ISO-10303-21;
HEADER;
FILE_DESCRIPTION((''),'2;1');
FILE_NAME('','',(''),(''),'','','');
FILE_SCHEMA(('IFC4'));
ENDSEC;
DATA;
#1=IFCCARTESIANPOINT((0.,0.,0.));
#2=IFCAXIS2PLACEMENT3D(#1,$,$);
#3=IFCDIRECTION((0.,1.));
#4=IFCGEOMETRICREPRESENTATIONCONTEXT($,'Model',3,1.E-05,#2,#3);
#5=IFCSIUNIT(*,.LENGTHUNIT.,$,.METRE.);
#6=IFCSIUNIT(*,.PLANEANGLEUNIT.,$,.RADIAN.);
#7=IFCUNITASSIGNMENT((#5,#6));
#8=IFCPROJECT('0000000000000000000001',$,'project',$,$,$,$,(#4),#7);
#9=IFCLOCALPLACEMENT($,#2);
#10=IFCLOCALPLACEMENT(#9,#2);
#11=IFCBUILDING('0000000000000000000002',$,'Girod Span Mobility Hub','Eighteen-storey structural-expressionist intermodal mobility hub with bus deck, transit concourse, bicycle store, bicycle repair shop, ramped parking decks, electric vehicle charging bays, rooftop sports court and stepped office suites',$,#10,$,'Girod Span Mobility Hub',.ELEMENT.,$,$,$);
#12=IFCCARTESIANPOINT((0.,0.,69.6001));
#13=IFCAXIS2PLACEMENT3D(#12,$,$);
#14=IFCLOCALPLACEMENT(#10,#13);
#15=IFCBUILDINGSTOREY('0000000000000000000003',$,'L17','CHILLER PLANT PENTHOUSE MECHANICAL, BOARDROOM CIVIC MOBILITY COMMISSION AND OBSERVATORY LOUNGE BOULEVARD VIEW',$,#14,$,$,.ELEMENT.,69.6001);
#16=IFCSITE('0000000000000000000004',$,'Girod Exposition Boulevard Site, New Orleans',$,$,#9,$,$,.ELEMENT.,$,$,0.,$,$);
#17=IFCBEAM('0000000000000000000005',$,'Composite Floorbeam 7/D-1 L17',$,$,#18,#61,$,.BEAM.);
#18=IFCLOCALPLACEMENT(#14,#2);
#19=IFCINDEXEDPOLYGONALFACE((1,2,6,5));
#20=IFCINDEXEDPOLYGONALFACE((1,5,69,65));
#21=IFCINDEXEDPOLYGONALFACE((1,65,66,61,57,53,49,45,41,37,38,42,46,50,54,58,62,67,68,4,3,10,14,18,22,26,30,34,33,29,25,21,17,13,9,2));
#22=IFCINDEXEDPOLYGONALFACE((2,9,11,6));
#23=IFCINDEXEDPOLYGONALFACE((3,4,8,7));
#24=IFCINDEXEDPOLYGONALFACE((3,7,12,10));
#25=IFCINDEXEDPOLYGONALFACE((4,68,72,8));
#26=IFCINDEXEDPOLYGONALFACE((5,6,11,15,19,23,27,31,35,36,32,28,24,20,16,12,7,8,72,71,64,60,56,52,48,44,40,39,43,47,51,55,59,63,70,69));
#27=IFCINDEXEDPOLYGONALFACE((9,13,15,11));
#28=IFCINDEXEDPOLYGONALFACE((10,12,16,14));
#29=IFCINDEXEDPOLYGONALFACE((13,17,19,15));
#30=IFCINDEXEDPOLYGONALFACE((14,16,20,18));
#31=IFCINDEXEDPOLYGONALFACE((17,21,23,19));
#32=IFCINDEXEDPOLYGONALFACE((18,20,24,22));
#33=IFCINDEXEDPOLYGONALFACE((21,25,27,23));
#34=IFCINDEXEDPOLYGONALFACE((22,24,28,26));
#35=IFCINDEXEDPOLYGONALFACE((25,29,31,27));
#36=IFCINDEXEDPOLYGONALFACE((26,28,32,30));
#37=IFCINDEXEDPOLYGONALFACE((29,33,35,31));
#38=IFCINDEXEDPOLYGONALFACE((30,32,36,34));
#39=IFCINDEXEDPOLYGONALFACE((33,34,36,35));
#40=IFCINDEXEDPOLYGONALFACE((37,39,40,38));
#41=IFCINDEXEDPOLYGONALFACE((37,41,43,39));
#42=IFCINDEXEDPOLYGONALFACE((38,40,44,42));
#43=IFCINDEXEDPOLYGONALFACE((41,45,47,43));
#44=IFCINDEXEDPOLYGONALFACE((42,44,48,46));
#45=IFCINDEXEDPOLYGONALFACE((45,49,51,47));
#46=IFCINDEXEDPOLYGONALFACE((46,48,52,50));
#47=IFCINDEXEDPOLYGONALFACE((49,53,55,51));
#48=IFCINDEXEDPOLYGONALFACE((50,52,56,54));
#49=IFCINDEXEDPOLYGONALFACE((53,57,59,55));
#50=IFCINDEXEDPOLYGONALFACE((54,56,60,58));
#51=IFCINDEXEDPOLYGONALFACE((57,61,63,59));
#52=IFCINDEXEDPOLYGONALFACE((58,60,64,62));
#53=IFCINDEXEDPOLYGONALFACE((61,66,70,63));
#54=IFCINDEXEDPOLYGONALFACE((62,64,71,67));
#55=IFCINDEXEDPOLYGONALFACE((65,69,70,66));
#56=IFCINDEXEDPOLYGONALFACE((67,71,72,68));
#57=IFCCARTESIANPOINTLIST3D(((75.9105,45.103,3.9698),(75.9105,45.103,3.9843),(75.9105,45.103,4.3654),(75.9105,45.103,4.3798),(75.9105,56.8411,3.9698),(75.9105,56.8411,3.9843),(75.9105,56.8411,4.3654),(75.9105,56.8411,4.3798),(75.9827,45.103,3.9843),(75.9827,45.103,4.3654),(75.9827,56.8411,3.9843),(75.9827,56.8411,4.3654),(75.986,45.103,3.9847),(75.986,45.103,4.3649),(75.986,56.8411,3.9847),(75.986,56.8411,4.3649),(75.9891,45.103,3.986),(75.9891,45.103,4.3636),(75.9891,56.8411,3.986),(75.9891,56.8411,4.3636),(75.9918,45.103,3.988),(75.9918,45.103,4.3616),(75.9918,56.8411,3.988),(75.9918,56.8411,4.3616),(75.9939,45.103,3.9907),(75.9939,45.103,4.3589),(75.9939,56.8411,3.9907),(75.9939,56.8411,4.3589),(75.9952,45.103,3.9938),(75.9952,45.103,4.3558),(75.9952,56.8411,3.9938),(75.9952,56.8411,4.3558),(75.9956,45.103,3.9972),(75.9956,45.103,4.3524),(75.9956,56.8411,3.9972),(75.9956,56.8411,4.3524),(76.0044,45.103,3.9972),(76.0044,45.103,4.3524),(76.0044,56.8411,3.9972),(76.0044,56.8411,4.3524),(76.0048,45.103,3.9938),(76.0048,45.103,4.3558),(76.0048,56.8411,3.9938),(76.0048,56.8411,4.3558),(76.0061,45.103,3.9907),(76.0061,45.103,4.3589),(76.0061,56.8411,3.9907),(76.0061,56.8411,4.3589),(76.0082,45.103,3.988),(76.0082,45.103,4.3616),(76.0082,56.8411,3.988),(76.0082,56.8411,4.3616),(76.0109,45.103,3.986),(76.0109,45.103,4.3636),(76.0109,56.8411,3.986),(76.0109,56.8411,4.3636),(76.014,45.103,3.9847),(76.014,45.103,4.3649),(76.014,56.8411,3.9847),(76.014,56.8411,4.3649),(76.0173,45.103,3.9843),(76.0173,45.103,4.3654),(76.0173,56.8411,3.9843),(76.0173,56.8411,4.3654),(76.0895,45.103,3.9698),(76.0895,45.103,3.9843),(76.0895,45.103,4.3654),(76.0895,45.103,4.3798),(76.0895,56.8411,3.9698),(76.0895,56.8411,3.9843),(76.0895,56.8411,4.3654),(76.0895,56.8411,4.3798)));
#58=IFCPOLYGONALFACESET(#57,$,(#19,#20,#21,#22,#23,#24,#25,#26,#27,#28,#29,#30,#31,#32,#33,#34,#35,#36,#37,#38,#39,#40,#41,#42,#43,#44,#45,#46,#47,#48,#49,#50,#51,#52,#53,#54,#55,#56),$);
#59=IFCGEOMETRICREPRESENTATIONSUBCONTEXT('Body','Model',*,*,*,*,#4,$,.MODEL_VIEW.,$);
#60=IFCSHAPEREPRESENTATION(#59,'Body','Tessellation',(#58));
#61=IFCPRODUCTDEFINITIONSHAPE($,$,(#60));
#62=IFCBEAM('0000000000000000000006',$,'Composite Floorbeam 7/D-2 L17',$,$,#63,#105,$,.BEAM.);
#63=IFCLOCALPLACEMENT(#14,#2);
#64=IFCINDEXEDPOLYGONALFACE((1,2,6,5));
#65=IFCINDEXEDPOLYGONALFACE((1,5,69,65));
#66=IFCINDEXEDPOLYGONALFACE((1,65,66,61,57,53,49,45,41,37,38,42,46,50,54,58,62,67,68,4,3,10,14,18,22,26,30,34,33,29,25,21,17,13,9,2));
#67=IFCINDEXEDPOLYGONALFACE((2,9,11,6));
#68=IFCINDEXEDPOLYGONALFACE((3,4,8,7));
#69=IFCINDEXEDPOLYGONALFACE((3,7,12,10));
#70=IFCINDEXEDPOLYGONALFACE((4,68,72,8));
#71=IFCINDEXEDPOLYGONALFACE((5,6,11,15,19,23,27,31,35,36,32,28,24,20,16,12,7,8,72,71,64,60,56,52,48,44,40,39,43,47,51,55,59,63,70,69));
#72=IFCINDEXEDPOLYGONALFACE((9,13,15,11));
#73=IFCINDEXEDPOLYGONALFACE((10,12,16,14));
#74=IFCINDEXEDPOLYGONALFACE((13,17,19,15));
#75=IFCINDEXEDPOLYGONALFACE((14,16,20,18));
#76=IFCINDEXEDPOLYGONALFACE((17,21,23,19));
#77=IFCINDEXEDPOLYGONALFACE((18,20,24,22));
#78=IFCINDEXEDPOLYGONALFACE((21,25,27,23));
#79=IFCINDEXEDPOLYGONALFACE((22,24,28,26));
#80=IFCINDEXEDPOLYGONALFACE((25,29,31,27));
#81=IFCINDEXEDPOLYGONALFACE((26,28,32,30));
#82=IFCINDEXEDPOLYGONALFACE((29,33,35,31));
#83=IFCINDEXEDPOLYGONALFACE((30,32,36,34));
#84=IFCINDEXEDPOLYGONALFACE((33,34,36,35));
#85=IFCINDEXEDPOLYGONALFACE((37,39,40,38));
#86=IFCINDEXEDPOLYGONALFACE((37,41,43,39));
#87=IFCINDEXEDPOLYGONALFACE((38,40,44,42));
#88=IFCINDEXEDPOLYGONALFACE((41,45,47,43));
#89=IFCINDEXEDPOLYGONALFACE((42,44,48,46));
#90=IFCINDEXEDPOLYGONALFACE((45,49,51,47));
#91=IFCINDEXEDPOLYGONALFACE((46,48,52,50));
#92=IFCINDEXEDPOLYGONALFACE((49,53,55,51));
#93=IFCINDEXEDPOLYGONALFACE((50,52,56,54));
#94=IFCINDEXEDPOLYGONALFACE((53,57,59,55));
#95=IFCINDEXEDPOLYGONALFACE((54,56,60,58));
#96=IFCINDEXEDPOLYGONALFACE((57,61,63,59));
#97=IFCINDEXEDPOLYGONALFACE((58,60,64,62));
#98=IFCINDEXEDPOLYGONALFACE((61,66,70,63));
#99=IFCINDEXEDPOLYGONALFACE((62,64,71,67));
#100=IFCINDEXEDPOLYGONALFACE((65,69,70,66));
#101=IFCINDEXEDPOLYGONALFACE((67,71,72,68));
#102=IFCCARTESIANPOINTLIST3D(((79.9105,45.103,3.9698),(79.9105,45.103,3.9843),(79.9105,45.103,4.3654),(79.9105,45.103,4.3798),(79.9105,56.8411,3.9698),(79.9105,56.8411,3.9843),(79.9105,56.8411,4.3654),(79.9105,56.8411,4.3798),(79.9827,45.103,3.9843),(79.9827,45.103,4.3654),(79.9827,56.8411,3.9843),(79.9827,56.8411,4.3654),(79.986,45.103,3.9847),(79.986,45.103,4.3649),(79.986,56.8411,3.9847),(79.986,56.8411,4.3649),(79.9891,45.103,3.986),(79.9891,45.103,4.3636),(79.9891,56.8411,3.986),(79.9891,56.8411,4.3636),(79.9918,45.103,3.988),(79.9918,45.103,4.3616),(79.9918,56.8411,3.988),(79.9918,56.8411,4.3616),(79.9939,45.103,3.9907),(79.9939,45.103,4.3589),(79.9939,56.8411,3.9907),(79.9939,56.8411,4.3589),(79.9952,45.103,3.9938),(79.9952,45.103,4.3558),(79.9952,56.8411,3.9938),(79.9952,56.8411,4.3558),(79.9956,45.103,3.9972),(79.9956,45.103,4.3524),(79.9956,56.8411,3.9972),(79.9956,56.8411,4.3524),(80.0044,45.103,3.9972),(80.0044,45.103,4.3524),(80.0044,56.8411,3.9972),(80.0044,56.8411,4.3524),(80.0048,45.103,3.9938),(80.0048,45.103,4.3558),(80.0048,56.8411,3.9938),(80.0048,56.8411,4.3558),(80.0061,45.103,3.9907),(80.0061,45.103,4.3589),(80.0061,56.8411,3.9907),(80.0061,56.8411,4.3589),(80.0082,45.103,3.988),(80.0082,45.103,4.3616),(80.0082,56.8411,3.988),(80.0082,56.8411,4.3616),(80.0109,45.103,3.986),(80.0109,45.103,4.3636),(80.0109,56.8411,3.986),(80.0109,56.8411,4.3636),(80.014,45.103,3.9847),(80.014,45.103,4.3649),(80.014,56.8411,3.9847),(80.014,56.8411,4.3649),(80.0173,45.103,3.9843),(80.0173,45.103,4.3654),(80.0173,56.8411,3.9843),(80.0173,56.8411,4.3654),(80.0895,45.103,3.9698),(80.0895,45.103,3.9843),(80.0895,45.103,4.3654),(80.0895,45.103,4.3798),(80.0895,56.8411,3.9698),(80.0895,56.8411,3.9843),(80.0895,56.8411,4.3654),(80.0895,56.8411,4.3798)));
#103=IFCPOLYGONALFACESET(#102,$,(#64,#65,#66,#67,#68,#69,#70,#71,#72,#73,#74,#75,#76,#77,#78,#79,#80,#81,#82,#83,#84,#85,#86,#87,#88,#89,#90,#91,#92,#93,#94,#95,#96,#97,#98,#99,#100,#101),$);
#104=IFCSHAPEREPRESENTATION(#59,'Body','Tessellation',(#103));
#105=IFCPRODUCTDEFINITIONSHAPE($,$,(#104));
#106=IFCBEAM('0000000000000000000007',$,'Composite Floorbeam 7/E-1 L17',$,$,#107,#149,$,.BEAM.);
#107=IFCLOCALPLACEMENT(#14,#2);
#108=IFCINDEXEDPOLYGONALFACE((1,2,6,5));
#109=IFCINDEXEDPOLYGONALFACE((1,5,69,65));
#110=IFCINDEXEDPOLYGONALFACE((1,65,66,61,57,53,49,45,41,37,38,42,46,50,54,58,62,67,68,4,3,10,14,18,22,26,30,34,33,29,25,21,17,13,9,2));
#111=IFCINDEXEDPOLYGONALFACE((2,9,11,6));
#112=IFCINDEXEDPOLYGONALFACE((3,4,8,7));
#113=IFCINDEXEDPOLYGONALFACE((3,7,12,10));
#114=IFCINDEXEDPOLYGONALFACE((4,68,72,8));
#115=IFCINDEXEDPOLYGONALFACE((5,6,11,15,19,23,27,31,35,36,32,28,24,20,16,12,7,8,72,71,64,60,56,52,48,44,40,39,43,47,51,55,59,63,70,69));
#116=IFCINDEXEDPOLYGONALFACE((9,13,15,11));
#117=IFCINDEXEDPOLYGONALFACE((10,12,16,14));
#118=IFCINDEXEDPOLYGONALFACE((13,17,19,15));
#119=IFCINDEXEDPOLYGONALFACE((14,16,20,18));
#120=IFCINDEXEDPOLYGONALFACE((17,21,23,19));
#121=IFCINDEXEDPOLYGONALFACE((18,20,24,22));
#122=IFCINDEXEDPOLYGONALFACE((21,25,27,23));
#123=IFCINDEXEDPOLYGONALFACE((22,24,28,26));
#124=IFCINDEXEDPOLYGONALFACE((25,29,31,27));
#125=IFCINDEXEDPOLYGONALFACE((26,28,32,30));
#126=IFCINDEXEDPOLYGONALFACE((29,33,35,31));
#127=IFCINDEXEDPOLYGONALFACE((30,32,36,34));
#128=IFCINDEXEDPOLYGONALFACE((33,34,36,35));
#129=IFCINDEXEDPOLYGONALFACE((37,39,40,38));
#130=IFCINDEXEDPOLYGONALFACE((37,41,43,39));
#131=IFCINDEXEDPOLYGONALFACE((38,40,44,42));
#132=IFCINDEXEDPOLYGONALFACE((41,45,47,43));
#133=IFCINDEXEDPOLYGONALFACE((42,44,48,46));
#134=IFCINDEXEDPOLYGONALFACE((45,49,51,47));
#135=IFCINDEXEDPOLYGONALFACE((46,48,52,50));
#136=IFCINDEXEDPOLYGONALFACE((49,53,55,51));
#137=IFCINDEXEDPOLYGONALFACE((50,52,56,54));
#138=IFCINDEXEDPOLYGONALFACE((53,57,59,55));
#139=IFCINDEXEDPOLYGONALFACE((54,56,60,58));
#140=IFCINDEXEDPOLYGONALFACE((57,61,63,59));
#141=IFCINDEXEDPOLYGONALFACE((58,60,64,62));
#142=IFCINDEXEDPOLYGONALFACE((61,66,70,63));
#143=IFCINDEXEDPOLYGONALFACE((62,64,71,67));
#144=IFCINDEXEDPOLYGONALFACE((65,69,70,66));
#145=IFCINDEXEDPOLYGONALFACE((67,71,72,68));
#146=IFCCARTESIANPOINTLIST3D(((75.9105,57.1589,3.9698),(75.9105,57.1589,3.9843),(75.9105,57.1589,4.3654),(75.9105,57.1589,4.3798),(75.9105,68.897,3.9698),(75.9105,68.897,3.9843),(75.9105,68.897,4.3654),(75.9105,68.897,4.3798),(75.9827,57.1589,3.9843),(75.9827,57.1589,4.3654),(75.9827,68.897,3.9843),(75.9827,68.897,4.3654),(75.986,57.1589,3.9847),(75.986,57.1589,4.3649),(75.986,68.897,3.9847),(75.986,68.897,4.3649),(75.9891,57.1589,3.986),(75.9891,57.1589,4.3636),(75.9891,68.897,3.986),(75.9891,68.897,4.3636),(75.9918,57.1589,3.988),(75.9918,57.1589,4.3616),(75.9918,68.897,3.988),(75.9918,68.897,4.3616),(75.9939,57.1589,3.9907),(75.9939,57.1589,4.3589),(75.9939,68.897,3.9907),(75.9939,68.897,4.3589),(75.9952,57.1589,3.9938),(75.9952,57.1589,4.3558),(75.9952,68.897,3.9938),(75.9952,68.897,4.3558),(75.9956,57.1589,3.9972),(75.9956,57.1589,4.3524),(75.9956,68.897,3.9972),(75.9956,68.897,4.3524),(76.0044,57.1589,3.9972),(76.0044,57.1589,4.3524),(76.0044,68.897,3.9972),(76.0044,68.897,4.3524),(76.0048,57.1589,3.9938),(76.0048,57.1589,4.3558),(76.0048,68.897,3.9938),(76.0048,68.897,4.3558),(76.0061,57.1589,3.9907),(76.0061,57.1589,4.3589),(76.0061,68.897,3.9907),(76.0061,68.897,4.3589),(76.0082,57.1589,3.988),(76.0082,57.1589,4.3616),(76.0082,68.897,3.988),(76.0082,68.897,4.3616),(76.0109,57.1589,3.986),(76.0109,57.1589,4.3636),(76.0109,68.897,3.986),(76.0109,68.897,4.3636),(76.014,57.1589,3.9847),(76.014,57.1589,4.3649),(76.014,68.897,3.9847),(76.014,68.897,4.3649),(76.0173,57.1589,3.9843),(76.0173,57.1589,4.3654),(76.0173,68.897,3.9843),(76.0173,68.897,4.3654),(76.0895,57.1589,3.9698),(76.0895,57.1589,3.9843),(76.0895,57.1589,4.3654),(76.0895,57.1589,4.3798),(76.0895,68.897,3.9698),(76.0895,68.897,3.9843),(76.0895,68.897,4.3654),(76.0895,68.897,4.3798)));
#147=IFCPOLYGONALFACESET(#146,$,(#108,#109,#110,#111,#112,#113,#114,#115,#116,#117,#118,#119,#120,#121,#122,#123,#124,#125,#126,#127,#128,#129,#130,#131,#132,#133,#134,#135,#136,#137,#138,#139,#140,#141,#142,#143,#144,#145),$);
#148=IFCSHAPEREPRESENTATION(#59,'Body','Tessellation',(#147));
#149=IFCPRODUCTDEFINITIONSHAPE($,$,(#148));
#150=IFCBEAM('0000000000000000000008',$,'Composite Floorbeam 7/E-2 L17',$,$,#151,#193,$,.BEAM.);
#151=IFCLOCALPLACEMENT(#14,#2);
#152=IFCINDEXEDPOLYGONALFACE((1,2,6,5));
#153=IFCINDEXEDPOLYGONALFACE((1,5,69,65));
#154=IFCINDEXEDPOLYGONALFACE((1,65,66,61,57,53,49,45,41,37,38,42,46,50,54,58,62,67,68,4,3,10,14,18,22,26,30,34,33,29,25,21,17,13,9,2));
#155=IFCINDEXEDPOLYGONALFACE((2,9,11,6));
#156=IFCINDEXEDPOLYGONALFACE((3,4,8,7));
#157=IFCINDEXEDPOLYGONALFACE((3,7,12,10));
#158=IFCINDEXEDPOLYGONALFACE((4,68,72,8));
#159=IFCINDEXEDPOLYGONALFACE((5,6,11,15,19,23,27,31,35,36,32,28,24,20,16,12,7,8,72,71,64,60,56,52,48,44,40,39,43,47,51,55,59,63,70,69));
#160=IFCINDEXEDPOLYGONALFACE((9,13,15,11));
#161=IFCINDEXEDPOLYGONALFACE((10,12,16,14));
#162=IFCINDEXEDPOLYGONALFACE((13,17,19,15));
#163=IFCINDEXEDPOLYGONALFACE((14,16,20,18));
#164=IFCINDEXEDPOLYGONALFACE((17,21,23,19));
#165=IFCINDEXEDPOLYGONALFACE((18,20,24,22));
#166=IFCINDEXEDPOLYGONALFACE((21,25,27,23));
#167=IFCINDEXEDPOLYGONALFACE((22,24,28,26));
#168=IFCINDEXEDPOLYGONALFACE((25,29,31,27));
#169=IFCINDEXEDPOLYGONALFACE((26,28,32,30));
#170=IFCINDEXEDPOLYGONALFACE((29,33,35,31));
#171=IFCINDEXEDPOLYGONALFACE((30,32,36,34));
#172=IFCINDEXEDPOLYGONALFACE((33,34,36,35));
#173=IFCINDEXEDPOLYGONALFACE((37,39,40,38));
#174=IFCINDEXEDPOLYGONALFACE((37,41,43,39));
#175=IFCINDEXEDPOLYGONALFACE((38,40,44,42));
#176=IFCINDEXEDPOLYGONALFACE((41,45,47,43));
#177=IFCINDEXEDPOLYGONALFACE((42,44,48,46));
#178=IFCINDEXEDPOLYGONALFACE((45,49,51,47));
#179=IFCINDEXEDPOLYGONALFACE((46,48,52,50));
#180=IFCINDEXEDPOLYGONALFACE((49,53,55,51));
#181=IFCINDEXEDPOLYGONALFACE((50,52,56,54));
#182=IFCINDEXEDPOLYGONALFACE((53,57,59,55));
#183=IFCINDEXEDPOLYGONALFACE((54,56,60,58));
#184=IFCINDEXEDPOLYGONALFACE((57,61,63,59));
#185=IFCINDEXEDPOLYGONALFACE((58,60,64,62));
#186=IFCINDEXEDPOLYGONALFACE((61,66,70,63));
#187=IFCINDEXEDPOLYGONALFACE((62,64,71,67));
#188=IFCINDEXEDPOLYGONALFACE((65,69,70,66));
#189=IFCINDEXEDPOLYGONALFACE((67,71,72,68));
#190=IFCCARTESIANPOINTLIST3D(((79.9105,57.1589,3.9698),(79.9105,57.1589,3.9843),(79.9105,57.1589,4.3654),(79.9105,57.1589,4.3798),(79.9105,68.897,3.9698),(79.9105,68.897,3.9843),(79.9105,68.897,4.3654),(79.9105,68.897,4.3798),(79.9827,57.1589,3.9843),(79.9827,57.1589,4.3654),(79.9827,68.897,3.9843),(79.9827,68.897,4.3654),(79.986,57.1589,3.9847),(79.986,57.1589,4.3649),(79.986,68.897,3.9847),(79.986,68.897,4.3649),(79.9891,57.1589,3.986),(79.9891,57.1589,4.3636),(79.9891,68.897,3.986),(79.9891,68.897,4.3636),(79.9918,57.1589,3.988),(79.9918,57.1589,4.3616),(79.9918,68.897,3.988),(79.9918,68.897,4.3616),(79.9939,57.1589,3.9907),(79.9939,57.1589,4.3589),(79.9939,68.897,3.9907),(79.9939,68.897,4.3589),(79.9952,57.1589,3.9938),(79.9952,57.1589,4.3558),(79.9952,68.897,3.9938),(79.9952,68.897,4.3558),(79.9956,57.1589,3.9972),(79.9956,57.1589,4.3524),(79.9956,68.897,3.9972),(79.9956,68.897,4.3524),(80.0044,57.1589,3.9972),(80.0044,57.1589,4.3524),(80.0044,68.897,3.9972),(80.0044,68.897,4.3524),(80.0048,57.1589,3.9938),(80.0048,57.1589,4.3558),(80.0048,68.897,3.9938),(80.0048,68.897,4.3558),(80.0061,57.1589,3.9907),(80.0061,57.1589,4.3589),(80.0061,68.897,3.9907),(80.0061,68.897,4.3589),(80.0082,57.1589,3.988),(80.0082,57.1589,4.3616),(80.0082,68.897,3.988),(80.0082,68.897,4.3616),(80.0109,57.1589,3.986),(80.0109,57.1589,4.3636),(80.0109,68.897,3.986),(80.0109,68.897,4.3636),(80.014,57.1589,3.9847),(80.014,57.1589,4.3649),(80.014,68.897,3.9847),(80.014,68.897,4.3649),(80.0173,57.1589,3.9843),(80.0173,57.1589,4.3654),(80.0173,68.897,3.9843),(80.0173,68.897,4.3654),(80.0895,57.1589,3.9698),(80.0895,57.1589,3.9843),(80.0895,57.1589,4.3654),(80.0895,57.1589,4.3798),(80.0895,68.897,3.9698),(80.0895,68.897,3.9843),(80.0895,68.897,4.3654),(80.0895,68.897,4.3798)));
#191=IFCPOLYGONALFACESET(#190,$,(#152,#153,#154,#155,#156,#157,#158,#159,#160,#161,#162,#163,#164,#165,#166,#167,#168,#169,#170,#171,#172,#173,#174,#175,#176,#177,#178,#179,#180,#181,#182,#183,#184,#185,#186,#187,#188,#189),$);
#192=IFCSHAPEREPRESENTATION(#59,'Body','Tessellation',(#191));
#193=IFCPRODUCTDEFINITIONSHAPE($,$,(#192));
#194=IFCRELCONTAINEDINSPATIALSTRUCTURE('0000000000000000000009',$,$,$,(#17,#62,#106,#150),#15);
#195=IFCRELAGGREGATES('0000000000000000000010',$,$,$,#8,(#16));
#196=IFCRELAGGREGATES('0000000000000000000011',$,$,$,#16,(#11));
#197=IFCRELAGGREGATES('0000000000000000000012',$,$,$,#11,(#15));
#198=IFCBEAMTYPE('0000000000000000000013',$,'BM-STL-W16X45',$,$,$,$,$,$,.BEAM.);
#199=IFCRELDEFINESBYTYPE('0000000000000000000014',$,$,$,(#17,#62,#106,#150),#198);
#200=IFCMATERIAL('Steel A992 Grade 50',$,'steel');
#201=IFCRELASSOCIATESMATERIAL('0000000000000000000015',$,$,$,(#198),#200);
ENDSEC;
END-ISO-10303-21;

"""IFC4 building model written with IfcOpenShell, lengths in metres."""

from ifc_helpers import new_model, si_unit, direction, frame, origin, origin_2d, place, context, subcontext, project, spatial, i_section, extrude, material, material_profile, profile_set, type_object, element, save


model = new_model("IFC4")

# Units and contexts
model_context = context("Model", 3, precision=1e-05, world=origin(), true_north=direction((0.0, 1.0)))
body_context = subcontext(model_context, "Body", "Model", "MODEL_VIEW")
ifc_project = project(units=[si_unit("LENGTHUNIT", "METRE"), si_unit("PLANEANGLEUNIT", "RADIAN")], contexts=[model_context])

# Site, building, storey
site_placement = place(None, origin())
site = spatial("IfcSite", under=ifc_project, at=site_placement, Name="Girod Exposition Boulevard Site, New Orleans", CompositionType="ELEMENT", RefElevation=0.0)
building_placement = place(site_placement, origin())
building = spatial("IfcBuilding", under=site, at=building_placement, Name="Girod Span Mobility Hub", Description="Eighteen-storey structural-expressionist intermodal mobility hub with bus deck, transit concourse, bicycle store, bicycle repair shop, ramped parking decks, electric vehicle charging bays, rooftop sports court and stepped office suites", LongName="Girod Span Mobility Hub", CompositionType="ELEMENT")
storey_placement = place(building_placement, frame((0.0, 0.0, 69.6001)))
storey = spatial("IfcBuildingStorey", under=building, at=storey_placement, Name="L17", Description="CHILLER PLANT PENTHOUSE MECHANICAL, BOARDROOM CIVIC MOBILITY COMMISSION AND OBSERVATORY LOUNGE BOULEVARD VIEW", CompositionType="ELEMENT", Elevation=69.6001)

# Beams
ifc_material_1 = material(Name="Steel A992 Grade 50", Category="steel")
ifc_material_profile_1 = material_profile(ifc_material_1, i_section(OverallWidth=0.179, OverallDepth=0.4099, WebThickness=0.0088, FlangeThickness=0.0144, FilletRadius=0.0129, at=origin_2d()), Name="W16X45")
ifc_profile_set_1 = profile_set([ifc_material_profile_1], Name="Steel A992 Grade 50")
beam_type_1 = type_object("IfcBeamType", Name="BM-STL-W16X45", PredefinedType="BEAM", material=ifc_profile_set_1)
for number, where, z_axis, x_axis, name in (
    (1, (76.0, 45.103, 4.1748), (0.0, 1.0, 0.0), (-1.0, 0.0, 0.0), "Composite Floorbeam 7/D-1 L17"),
    (2, (80.0, 45.103, 4.1748), (0.0, 1.0, 0.0), (-1.0, 0.0, 0.0), "Composite Floorbeam 7/D-2 L17"),
    (3, (76.0, 57.1589, 4.1748), (0.0, 1.0, 0.0), (-1.0, 0.0, 0.0), "Composite Floorbeam 7/E-1 L17"),
    (4, (80.0, 57.1589, 4.1748), (0.0, 1.0, 0.0), (-1.0, 0.0, 0.0), "Composite Floorbeam 7/E-2 L17"),
):
    element("IfcBeam", number, at=place(storey_placement, frame(where, z_axis=z_axis, x_axis=x_axis)), inside=storey, type_object=beam_type_1, Name=name, PredefinedType="BEAM", context=body_context, shape_type="SweptSolid", body=[
        extrude(i_section(OverallWidth=0.179, OverallDepth=0.4099, WebThickness=0.0088, FlangeThickness=0.0144, FilletRadius=0.0129, at=origin_2d()), origin(), (0.0, 0.0, 1.0), 11.738),
    ])

save(model, "model.ifc")
